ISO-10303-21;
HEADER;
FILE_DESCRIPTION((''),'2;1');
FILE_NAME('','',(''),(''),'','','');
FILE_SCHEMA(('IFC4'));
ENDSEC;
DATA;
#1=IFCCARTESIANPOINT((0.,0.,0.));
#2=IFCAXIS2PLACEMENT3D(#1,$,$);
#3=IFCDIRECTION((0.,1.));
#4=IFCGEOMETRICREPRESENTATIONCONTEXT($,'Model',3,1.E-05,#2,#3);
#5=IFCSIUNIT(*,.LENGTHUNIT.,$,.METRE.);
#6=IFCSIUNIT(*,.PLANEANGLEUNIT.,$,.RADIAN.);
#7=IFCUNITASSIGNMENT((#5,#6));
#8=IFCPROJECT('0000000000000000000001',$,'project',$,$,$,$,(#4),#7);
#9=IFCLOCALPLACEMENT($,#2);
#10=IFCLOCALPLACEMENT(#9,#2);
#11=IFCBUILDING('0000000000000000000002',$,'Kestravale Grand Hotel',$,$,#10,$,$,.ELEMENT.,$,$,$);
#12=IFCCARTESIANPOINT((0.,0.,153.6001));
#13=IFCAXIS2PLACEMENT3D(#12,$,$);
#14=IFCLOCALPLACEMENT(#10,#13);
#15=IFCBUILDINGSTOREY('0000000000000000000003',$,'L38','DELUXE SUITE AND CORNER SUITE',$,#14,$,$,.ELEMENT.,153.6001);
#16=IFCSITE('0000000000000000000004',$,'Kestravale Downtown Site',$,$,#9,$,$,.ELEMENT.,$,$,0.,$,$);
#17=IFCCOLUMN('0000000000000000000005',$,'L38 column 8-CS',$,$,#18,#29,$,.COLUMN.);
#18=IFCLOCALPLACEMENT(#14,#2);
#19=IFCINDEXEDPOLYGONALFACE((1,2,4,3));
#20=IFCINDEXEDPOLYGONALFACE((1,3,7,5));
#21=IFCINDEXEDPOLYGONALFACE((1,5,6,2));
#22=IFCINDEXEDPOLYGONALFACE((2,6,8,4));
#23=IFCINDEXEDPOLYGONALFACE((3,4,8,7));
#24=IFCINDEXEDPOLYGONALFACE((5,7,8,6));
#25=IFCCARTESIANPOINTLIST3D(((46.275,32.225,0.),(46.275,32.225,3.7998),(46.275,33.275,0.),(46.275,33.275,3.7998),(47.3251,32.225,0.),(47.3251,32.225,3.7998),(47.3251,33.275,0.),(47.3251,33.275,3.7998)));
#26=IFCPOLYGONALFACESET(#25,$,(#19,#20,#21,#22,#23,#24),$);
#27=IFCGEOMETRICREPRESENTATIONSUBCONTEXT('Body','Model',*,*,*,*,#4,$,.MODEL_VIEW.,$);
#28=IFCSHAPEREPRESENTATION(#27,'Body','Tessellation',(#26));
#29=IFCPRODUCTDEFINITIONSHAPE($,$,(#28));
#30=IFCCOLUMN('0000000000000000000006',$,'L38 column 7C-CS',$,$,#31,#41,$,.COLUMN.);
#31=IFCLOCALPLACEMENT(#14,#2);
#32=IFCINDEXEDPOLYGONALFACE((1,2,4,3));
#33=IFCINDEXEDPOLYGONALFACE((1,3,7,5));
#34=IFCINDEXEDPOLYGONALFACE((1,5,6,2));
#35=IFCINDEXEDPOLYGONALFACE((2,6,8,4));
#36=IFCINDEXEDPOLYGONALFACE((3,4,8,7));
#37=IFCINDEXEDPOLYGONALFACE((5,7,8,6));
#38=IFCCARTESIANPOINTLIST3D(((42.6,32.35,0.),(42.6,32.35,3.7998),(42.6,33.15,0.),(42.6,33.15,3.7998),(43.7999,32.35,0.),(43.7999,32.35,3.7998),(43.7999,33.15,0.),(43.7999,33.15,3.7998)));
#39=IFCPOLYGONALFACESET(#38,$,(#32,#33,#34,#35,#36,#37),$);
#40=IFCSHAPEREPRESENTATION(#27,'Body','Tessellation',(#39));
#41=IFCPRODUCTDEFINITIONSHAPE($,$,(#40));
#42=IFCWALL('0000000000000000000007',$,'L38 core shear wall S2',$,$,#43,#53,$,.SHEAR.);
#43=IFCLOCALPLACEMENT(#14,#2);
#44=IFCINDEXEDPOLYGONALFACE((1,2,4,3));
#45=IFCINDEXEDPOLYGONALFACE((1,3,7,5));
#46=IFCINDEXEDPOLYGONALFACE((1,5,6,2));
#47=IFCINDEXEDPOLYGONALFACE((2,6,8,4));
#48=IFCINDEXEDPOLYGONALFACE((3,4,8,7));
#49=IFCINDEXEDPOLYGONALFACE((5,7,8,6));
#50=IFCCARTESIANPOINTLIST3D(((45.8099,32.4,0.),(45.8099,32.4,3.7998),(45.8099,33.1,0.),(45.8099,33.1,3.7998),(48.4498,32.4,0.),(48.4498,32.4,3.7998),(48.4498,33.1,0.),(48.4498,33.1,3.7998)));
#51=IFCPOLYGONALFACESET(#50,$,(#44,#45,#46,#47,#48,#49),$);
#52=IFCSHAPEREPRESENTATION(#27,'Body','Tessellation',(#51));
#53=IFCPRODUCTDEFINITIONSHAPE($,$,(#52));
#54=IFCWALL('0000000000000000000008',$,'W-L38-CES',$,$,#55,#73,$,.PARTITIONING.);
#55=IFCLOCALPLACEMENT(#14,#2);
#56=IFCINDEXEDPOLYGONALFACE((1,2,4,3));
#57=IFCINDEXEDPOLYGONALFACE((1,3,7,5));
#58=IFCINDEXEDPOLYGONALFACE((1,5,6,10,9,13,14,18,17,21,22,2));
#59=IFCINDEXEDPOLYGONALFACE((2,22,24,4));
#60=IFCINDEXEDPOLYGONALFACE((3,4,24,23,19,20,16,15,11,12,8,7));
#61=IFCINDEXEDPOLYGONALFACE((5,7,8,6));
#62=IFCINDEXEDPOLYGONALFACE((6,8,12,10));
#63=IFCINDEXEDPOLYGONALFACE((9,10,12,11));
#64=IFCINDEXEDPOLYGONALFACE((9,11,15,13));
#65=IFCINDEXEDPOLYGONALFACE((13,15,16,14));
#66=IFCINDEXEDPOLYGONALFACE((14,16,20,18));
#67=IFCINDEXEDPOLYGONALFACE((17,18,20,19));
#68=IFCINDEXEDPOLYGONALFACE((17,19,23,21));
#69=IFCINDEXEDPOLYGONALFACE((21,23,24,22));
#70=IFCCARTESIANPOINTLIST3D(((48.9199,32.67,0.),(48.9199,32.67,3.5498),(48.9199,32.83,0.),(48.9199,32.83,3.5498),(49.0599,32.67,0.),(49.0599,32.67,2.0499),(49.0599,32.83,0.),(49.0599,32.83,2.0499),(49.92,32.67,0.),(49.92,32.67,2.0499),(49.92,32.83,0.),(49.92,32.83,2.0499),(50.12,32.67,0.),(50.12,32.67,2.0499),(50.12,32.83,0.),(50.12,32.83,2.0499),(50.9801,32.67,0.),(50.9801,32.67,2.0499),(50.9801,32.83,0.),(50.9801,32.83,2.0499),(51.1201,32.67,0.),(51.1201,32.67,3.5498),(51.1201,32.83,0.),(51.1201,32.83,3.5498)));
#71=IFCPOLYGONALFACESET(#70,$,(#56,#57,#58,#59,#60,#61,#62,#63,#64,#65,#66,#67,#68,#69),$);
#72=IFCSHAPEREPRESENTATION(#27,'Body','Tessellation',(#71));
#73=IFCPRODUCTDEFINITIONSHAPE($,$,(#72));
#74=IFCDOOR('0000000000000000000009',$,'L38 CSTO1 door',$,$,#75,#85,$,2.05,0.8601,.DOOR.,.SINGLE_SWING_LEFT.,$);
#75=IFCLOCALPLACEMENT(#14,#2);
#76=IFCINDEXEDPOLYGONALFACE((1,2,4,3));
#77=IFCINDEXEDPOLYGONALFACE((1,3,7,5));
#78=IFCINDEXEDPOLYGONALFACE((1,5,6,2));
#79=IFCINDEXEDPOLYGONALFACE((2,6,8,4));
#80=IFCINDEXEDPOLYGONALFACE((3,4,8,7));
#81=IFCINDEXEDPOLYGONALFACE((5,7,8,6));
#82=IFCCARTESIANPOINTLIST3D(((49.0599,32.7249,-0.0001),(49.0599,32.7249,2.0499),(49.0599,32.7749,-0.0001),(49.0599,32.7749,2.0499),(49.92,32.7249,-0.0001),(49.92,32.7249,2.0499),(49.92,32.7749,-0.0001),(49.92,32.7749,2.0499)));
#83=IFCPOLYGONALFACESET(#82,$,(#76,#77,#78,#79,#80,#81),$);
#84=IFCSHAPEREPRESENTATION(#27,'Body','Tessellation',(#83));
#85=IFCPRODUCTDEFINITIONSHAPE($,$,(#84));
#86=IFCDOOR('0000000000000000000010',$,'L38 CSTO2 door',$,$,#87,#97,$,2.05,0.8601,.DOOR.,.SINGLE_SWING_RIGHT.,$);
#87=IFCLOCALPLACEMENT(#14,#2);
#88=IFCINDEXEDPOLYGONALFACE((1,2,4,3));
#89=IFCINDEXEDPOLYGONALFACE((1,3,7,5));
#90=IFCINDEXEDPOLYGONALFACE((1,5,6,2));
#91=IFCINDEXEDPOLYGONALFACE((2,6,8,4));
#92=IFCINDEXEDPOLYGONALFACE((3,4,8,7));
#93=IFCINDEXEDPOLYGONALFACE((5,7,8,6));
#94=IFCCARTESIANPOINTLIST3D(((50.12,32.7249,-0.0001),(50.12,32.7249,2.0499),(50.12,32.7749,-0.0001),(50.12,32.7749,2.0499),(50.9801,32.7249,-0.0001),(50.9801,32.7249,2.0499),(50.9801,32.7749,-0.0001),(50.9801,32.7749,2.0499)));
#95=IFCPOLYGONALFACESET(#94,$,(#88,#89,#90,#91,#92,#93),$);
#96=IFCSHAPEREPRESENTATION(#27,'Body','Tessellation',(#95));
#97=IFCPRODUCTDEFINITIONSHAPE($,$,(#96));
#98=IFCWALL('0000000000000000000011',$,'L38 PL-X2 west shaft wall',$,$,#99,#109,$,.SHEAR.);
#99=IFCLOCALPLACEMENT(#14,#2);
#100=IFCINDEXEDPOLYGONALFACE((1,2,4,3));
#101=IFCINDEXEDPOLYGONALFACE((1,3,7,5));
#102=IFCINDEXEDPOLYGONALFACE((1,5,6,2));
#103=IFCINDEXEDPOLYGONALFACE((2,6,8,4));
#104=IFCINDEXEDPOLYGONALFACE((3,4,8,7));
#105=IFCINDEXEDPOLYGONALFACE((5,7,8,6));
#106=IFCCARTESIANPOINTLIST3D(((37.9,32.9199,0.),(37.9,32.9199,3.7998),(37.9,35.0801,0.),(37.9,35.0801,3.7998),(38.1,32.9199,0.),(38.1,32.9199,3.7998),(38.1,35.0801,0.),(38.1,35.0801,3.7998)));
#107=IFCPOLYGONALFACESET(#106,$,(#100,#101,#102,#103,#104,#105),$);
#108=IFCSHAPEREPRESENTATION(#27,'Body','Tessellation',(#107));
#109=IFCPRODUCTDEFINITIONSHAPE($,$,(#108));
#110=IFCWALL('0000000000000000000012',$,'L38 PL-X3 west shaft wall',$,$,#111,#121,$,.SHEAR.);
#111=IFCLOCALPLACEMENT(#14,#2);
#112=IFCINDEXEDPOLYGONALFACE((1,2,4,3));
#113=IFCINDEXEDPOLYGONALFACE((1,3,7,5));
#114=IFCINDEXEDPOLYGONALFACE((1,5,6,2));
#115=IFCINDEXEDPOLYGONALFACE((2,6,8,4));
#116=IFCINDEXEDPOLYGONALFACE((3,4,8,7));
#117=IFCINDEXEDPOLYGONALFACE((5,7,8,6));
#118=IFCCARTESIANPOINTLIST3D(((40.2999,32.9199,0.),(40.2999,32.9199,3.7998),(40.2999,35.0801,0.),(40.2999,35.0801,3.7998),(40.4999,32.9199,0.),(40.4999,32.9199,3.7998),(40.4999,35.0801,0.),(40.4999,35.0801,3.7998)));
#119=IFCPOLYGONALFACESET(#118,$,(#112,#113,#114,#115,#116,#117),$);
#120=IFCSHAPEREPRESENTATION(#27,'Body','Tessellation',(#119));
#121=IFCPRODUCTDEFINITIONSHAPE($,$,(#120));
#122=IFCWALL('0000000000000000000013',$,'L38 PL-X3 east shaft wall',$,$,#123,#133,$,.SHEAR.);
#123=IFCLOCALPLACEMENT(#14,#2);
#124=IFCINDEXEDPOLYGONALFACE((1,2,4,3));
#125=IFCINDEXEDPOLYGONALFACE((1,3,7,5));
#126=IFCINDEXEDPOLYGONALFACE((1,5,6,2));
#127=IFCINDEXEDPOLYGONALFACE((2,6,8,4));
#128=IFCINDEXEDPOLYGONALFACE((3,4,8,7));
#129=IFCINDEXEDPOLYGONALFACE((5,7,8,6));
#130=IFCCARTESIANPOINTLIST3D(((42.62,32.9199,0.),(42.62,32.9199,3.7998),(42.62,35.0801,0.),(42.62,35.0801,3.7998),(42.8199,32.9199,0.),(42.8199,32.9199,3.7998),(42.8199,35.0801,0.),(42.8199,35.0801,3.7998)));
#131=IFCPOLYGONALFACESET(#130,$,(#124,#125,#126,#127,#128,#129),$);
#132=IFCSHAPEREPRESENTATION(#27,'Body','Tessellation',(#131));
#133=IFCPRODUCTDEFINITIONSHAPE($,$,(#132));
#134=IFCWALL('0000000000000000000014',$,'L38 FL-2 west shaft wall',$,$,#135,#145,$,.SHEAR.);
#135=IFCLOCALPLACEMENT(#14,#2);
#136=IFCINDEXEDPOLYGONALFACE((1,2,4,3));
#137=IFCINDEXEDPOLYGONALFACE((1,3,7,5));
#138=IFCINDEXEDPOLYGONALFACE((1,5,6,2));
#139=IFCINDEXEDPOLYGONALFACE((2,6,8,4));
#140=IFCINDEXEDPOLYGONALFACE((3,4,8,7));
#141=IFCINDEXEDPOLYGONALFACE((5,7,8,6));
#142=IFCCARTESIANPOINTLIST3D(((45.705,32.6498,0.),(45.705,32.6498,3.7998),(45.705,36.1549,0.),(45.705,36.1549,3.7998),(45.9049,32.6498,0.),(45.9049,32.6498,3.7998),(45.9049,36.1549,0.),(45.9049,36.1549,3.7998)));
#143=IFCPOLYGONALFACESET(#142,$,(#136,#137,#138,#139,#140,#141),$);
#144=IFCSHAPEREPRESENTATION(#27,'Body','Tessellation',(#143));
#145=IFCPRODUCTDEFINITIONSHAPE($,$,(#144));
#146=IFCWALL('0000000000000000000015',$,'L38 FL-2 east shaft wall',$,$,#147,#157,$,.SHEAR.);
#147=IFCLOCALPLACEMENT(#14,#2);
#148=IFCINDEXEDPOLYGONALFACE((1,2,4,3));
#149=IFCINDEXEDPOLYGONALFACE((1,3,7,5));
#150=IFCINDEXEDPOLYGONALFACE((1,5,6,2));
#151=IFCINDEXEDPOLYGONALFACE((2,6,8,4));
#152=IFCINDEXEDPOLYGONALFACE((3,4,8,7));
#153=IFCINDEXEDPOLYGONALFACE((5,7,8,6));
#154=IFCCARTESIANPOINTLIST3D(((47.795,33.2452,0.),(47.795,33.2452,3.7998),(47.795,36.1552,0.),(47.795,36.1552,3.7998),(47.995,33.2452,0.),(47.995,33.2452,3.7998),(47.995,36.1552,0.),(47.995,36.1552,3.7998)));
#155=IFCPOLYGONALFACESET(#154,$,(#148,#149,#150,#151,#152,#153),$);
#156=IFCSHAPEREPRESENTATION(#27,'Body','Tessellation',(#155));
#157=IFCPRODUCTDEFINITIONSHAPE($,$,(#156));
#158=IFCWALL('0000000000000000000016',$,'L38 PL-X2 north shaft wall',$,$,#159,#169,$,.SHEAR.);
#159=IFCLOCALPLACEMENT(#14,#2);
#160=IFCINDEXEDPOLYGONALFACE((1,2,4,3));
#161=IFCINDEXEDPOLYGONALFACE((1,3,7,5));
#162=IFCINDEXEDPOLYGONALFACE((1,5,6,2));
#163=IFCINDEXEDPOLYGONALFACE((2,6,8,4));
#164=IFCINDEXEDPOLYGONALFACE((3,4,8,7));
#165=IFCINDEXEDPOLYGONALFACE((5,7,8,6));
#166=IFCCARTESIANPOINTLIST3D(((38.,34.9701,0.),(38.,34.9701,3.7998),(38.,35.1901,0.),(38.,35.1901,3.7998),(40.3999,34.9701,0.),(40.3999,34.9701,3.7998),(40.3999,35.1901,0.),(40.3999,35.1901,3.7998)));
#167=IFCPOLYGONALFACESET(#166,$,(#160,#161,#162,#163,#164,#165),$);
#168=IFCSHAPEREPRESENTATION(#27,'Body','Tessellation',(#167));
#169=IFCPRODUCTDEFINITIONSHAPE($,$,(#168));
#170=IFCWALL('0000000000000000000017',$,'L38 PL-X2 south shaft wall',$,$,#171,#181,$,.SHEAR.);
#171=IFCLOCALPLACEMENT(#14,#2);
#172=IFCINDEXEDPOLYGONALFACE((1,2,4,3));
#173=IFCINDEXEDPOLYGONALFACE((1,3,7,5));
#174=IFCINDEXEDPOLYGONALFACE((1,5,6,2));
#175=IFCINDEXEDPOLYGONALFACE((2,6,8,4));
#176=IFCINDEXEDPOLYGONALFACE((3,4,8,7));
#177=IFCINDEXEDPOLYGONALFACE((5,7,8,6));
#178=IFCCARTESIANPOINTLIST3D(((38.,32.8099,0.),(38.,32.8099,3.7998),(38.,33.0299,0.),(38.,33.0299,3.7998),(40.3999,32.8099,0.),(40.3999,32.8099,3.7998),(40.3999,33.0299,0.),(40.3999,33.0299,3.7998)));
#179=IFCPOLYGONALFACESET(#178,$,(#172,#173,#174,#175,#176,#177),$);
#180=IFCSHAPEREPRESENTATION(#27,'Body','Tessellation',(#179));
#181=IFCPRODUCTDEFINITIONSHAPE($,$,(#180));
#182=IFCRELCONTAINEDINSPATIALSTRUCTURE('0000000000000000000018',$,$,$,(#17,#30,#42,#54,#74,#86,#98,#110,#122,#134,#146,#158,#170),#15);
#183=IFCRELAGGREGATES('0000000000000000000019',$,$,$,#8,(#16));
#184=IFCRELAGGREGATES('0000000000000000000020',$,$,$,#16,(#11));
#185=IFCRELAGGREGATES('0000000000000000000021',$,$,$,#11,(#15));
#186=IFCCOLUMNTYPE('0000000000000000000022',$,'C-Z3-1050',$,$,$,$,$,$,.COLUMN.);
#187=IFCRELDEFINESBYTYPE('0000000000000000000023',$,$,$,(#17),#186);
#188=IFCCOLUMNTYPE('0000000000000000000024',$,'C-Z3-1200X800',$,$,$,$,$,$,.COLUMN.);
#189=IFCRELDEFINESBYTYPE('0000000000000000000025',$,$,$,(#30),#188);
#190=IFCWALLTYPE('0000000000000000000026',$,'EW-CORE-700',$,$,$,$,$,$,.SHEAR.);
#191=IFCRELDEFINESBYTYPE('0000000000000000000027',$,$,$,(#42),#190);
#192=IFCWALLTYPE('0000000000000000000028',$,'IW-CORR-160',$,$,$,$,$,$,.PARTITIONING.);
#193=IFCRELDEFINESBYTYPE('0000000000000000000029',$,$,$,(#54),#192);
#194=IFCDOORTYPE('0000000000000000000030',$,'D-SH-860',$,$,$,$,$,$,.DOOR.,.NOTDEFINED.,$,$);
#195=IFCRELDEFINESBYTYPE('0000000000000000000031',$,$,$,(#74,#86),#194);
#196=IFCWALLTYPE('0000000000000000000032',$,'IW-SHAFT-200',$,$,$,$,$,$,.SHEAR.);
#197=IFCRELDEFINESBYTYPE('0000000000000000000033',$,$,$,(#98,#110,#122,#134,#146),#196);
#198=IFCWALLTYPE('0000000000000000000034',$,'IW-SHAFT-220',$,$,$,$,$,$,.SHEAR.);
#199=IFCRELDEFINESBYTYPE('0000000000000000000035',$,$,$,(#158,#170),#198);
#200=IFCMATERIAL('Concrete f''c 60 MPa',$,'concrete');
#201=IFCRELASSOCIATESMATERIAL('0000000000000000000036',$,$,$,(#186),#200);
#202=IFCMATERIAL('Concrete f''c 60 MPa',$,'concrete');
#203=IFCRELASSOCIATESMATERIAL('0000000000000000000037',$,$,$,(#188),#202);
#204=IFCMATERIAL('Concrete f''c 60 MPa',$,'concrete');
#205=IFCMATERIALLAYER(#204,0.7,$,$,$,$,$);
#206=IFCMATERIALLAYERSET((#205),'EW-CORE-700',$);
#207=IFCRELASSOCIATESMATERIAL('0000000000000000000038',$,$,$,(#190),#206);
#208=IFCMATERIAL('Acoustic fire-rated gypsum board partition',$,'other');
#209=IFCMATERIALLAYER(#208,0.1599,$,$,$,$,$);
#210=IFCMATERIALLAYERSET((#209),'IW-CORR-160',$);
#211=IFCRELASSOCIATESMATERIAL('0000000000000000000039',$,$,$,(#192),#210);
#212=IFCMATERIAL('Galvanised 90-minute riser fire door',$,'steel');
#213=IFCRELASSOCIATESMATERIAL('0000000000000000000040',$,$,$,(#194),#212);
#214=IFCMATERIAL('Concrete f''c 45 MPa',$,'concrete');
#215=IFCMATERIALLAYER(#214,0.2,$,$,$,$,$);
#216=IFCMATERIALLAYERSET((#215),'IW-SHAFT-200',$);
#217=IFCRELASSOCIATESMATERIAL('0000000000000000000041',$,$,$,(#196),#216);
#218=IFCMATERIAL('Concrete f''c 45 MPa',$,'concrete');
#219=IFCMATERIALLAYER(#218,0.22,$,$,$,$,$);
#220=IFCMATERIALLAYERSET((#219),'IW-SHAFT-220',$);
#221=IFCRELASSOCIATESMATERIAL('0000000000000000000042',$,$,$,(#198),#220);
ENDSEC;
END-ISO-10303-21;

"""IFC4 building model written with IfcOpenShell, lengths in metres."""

from ifc_helpers import new_model, si_unit, direction, frame, frame_2d, origin, origin_2d, place, context, subcontext, project, spatial, rectangle, extrude, material, layer, layer_set, material_profile, profile_set, type_object, element, fill, save


model = new_model("IFC4")

# Units and contexts
model_context = context("Model", 3, precision=1e-05, world=origin(), true_north=direction((0.0, 1.0)))
body_context = subcontext(model_context, "Body", "Model", "MODEL_VIEW")
ifc_project = project(units=[si_unit("LENGTHUNIT", "METRE"), si_unit("PLANEANGLEUNIT", "RADIAN")], contexts=[model_context])

# Site, building, storey
site_placement = place(None, origin())
site = spatial("IfcSite", under=ifc_project, at=site_placement, Name="Kestravale Downtown Site", CompositionType="ELEMENT", RefElevation=0.0)
building_placement = place(site_placement, origin())
building = spatial("IfcBuilding", under=site, at=building_placement, Name="Kestravale Grand Hotel", CompositionType="ELEMENT")
storey_placement = place(building_placement, frame((0.0, 0.0, 153.6001)))
storey = spatial("IfcBuildingStorey", under=building, at=storey_placement, Name="L38", Description="DELUXE SUITE AND CORNER SUITE", CompositionType="ELEMENT", Elevation=153.6001)

# Columns
ifc_material_1 = material(Name="Concrete f'c 60 MPa", Category="concrete")
ifc_material_profile_1 = material_profile(ifc_material_1, rectangle(XDim=1.05, YDim=1.05, at=origin_2d()))
ifc_profile_set_1 = profile_set([ifc_material_profile_1], Name="Concrete f'c 60 MPa")
column_type_1 = type_object("IfcColumnType", Name="C-Z3-1050", PredefinedType="COLUMN", material=ifc_profile_set_1)
column_1_placement = place(storey_placement, frame((46.8, 32.75, 0.0), z_axis=(0.0, 0.0, 1.0), x_axis=(1.0, 0.0, 0.0)))
element("IfcColumn", 1, at=column_1_placement, inside=storey, type_object=column_type_1, Name="L38 column 8-CS", PredefinedType="COLUMN", context=body_context, shape_type="SweptSolid", body=[
    extrude(rectangle(XDim=1.05, YDim=1.05, at=origin_2d()), origin(), (0.0, 0.0, 1.0), 3.7998),
])
ifc_material_2 = material(Name="Concrete f'c 60 MPa", Category="concrete")
ifc_material_profile_2 = material_profile(ifc_material_2, rectangle(XDim=1.2, YDim=0.8, at=origin_2d()))
ifc_profile_set_2 = profile_set([ifc_material_profile_2], Name="Concrete f'c 60 MPa")
column_type_2 = type_object("IfcColumnType", Name="C-Z3-1200X800", PredefinedType="COLUMN", material=ifc_profile_set_2)
column_2_placement = place(storey_placement, frame((43.2, 32.75, 0.0), z_axis=(0.0, 0.0, 1.0), x_axis=(1.0, 0.0, 0.0)))
element("IfcColumn", 2, at=column_2_placement, inside=storey, type_object=column_type_2, Name="L38 column 7C-CS", PredefinedType="COLUMN", context=body_context, shape_type="SweptSolid", body=[
    extrude(rectangle(XDim=1.2, YDim=0.8, at=origin_2d()), origin(), (0.0, 0.0, 1.0), 3.7998),
])

# Wall
ifc_material_3 = material(Name="Concrete f'c 60 MPa", Category="concrete")
ifc_layer_1 = layer(ifc_material_3, 0.7)
ifc_layer_set_1 = layer_set([ifc_layer_1], Name="EW-CORE-700")
wall_type_1 = type_object("IfcWallType", Name="EW-CORE-700", PredefinedType="SHEAR", material=ifc_layer_set_1)
wall_1_placement = place(storey_placement, frame((45.8101, 32.75, 0.0), z_axis=(0.0, 0.0, 1.0), x_axis=(1.0, 0.0, 0.0)))
element("IfcWall", 3, at=wall_1_placement, inside=storey, type_object=wall_type_1, Name="L38 core shear wall S2", PredefinedType="SHEAR", context=body_context, shape_type="SweptSolid", body=[
    extrude(rectangle(XDim=2.6399, YDim=0.7, at=frame_2d((1.3198, 0.0))), origin(), (0.0, 0.0, 1.0), 3.7998),
])

# Wall, openings, doors
ifc_material_4 = material(Name="Acoustic fire-rated gypsum board partition", Category="other")
ifc_layer_2 = layer(ifc_material_4, 0.1599)
ifc_layer_set_2 = layer_set([ifc_layer_2], Name="IW-CORR-160")
wall_type_2 = type_object("IfcWallType", Name="IW-CORR-160", PredefinedType="PARTITIONING", material=ifc_layer_set_2)
wall_2_placement = place(storey_placement, frame((48.9199, 32.75, 0.0), z_axis=(0.0, 0.0, 1.0), x_axis=(1.0, 0.0, 0.0)))
wall_2 = element("IfcWall", 4, at=wall_2_placement, inside=storey, type_object=wall_type_2, Name="W-L38-CES", PredefinedType="PARTITIONING", context=body_context, shape_type="SweptSolid", body=[
    extrude(rectangle(XDim=2.2002, YDim=0.1599, at=frame_2d((1.1001, 0.0))), origin(), (0.0, 0.0, 1.0), 3.5498),
])
opening_1_placement = place(wall_2_placement, frame((0.1399, 0.0, 0.0)))
opening_1 = element("IfcOpeningElement", 5, at=opening_1_placement, cuts=wall_2, PredefinedType="OPENING", context=body_context, shape_type="SweptSolid", body=[
    extrude(rectangle(XDim=0.8601, YDim=2.05, at=frame_2d((0.4302, 1.0249))), frame((0.0, 0.0898, 0.0), z_axis=(0.0, -1.0, 0.0), x_axis=(1.0, 0.0, 0.0)), (0.0, 0.0, 1.0), 0.1799),
])
opening_2_placement = place(wall_2_placement, frame((1.2, 0.0, 0.0)))
opening_2 = element("IfcOpeningElement", 6, at=opening_2_placement, cuts=wall_2, PredefinedType="OPENING", context=body_context, shape_type="SweptSolid", body=[
    extrude(rectangle(XDim=0.8601, YDim=2.05, at=frame_2d((0.4302, 1.0249))), frame((0.0, 0.0898, 0.0), z_axis=(0.0, -1.0, 0.0), x_axis=(1.0, 0.0, 0.0)), (0.0, 0.0, 1.0), 0.1799),
])
ifc_material_5 = material(Name="Galvanised 90-minute riser fire door", Category="steel")
door_type_1 = type_object("IfcDoorType", Name="D-SH-860", OperationType="NOTDEFINED", PredefinedType="DOOR", material=ifc_material_5)
door_1_placement = place(opening_1_placement, origin())
door_1 = element("IfcDoor", 7, at=door_1_placement, inside=storey, type_object=door_type_1, Name="L38 CSTO1 door", OperationType="SINGLE_SWING_LEFT", OverallHeight=2.05, OverallWidth=0.8601, PredefinedType="DOOR", context=body_context, shape_type="SweptSolid", body=[
    extrude(rectangle(XDim=0.8601, YDim=2.05, at=frame_2d((0.4302, 1.0249))), frame((0.0, 0.0249, 0.0), z_axis=(0.0, -1.0, 0.0), x_axis=(1.0, 0.0, 0.0)), (0.0, 0.0, 1.0), 0.05),
])
fill(opening_1, door_1)
door_2_placement = place(opening_2_placement, origin())
door_2 = element("IfcDoor", 8, at=door_2_placement, inside=storey, type_object=door_type_1, Name="L38 CSTO2 door", OperationType="SINGLE_SWING_RIGHT", OverallHeight=2.05, OverallWidth=0.8601, PredefinedType="DOOR", context=body_context, shape_type="SweptSolid", body=[
    extrude(rectangle(XDim=0.8601, YDim=2.05, at=frame_2d((0.4302, 1.0249))), frame((0.0, 0.0249, 0.0), z_axis=(0.0, -1.0, 0.0), x_axis=(1.0, 0.0, 0.0)), (0.0, 0.0, 1.0), 0.05),
])
fill(opening_2, door_2)

# Walls
ifc_material_6 = material(Name="Concrete f'c 45 MPa", Category="concrete")
ifc_layer_3 = layer(ifc_material_6, 0.2)
ifc_layer_set_3 = layer_set([ifc_layer_3], Name="IW-SHAFT-200")
wall_type_3 = type_object("IfcWallType", Name="IW-SHAFT-200", PredefinedType="SHEAR", material=ifc_layer_set_3)
for number, where, z_axis, x_axis, name in (
    (9, (38.0, 32.9199, 0.0), (0.0, 0.0, 1.0), (0.0, 1.0, 0.0), "L38 PL-X2 west shaft wall"),
    (10, (40.3999, 32.9199, 0.0), (0.0, 0.0, 1.0), (0.0, 1.0, 0.0), "L38 PL-X3 west shaft wall"),
    (11, (42.72, 32.9199, 0.0), (0.0, 0.0, 1.0), (0.0, 1.0, 0.0), "L38 PL-X3 east shaft wall"),
):
    element("IfcWall", number, at=place(storey_placement, frame(where, z_axis=z_axis, x_axis=x_axis)), inside=storey, type_object=wall_type_3, Name=name, PredefinedType="SHEAR", context=body_context, shape_type="SweptSolid", body=[
        extrude(rectangle(XDim=2.1602, YDim=0.2, at=frame_2d((1.0801, 0.0))), origin(), (0.0, 0.0, 1.0), 3.7998),
    ])
wall_3_placement = place(storey_placement, frame((45.8049, 32.6499, 0.0), z_axis=(0.0, 0.0, 1.0), x_axis=(0.0, 1.0, 0.0)))
element("IfcWall", 12, at=wall_3_placement, inside=storey, type_object=wall_type_3, Name="L38 FL-2 west shaft wall", PredefinedType="SHEAR", context=body_context, shape_type="SweptSolid", body=[
    extrude(rectangle(XDim=3.5051, YDim=0.2, at=frame_2d((1.7524, 0.0))), origin(), (0.0, 0.0, 1.0), 3.7998),
])
wall_4_placement = place(storey_placement, frame((47.895, 33.2451, 0.0), z_axis=(0.0, 0.0, 1.0), x_axis=(0.0, 1.0, 0.0)))
element("IfcWall", 13, at=wall_4_placement, inside=storey, type_object=wall_type_3, Name="L38 FL-2 east shaft wall", PredefinedType="SHEAR", context=body_context, shape_type="SweptSolid", body=[
    extrude(rectangle(XDim=2.9099, YDim=0.2, at=frame_2d((1.4551, 0.0))), origin(), (0.0, 0.0, 1.0), 3.7998),
])

# Shared definitions
ifc_material_7 = material(Name="Concrete f'c 45 MPa", Category="concrete")
ifc_layer_4 = layer(ifc_material_7, 0.22)
ifc_layer_set_4 = layer_set([ifc_layer_4], Name="IW-SHAFT-220")
wall_type_4 = type_object("IfcWallType", Name="IW-SHAFT-220", PredefinedType="SHEAR", material=ifc_layer_set_4)

# Walls
for number, where, z_axis, x_axis, name in (
    (14, (38.0, 35.0801, 0.0), (0.0, 0.0, 1.0), (1.0, 0.0, 0.0), "L38 PL-X2 north shaft wall"),
    (15, (38.0, 32.9199, 0.0), (0.0, 0.0, 1.0), (1.0, 0.0, 0.0), "L38 PL-X2 south shaft wall"),
):
    element("IfcWall", number, at=place(storey_placement, frame(where, z_axis=z_axis, x_axis=x_axis)), inside=storey, type_object=wall_type_4, Name=name, PredefinedType="SHEAR", context=body_context, shape_type="SweptSolid", body=[
        extrude(rectangle(XDim=2.3999, YDim=0.22, at=frame_2d((1.2, 0.0))), origin(), (0.0, 0.0, 1.0), 3.7998),
    ])

save(model, "model.ifc")
